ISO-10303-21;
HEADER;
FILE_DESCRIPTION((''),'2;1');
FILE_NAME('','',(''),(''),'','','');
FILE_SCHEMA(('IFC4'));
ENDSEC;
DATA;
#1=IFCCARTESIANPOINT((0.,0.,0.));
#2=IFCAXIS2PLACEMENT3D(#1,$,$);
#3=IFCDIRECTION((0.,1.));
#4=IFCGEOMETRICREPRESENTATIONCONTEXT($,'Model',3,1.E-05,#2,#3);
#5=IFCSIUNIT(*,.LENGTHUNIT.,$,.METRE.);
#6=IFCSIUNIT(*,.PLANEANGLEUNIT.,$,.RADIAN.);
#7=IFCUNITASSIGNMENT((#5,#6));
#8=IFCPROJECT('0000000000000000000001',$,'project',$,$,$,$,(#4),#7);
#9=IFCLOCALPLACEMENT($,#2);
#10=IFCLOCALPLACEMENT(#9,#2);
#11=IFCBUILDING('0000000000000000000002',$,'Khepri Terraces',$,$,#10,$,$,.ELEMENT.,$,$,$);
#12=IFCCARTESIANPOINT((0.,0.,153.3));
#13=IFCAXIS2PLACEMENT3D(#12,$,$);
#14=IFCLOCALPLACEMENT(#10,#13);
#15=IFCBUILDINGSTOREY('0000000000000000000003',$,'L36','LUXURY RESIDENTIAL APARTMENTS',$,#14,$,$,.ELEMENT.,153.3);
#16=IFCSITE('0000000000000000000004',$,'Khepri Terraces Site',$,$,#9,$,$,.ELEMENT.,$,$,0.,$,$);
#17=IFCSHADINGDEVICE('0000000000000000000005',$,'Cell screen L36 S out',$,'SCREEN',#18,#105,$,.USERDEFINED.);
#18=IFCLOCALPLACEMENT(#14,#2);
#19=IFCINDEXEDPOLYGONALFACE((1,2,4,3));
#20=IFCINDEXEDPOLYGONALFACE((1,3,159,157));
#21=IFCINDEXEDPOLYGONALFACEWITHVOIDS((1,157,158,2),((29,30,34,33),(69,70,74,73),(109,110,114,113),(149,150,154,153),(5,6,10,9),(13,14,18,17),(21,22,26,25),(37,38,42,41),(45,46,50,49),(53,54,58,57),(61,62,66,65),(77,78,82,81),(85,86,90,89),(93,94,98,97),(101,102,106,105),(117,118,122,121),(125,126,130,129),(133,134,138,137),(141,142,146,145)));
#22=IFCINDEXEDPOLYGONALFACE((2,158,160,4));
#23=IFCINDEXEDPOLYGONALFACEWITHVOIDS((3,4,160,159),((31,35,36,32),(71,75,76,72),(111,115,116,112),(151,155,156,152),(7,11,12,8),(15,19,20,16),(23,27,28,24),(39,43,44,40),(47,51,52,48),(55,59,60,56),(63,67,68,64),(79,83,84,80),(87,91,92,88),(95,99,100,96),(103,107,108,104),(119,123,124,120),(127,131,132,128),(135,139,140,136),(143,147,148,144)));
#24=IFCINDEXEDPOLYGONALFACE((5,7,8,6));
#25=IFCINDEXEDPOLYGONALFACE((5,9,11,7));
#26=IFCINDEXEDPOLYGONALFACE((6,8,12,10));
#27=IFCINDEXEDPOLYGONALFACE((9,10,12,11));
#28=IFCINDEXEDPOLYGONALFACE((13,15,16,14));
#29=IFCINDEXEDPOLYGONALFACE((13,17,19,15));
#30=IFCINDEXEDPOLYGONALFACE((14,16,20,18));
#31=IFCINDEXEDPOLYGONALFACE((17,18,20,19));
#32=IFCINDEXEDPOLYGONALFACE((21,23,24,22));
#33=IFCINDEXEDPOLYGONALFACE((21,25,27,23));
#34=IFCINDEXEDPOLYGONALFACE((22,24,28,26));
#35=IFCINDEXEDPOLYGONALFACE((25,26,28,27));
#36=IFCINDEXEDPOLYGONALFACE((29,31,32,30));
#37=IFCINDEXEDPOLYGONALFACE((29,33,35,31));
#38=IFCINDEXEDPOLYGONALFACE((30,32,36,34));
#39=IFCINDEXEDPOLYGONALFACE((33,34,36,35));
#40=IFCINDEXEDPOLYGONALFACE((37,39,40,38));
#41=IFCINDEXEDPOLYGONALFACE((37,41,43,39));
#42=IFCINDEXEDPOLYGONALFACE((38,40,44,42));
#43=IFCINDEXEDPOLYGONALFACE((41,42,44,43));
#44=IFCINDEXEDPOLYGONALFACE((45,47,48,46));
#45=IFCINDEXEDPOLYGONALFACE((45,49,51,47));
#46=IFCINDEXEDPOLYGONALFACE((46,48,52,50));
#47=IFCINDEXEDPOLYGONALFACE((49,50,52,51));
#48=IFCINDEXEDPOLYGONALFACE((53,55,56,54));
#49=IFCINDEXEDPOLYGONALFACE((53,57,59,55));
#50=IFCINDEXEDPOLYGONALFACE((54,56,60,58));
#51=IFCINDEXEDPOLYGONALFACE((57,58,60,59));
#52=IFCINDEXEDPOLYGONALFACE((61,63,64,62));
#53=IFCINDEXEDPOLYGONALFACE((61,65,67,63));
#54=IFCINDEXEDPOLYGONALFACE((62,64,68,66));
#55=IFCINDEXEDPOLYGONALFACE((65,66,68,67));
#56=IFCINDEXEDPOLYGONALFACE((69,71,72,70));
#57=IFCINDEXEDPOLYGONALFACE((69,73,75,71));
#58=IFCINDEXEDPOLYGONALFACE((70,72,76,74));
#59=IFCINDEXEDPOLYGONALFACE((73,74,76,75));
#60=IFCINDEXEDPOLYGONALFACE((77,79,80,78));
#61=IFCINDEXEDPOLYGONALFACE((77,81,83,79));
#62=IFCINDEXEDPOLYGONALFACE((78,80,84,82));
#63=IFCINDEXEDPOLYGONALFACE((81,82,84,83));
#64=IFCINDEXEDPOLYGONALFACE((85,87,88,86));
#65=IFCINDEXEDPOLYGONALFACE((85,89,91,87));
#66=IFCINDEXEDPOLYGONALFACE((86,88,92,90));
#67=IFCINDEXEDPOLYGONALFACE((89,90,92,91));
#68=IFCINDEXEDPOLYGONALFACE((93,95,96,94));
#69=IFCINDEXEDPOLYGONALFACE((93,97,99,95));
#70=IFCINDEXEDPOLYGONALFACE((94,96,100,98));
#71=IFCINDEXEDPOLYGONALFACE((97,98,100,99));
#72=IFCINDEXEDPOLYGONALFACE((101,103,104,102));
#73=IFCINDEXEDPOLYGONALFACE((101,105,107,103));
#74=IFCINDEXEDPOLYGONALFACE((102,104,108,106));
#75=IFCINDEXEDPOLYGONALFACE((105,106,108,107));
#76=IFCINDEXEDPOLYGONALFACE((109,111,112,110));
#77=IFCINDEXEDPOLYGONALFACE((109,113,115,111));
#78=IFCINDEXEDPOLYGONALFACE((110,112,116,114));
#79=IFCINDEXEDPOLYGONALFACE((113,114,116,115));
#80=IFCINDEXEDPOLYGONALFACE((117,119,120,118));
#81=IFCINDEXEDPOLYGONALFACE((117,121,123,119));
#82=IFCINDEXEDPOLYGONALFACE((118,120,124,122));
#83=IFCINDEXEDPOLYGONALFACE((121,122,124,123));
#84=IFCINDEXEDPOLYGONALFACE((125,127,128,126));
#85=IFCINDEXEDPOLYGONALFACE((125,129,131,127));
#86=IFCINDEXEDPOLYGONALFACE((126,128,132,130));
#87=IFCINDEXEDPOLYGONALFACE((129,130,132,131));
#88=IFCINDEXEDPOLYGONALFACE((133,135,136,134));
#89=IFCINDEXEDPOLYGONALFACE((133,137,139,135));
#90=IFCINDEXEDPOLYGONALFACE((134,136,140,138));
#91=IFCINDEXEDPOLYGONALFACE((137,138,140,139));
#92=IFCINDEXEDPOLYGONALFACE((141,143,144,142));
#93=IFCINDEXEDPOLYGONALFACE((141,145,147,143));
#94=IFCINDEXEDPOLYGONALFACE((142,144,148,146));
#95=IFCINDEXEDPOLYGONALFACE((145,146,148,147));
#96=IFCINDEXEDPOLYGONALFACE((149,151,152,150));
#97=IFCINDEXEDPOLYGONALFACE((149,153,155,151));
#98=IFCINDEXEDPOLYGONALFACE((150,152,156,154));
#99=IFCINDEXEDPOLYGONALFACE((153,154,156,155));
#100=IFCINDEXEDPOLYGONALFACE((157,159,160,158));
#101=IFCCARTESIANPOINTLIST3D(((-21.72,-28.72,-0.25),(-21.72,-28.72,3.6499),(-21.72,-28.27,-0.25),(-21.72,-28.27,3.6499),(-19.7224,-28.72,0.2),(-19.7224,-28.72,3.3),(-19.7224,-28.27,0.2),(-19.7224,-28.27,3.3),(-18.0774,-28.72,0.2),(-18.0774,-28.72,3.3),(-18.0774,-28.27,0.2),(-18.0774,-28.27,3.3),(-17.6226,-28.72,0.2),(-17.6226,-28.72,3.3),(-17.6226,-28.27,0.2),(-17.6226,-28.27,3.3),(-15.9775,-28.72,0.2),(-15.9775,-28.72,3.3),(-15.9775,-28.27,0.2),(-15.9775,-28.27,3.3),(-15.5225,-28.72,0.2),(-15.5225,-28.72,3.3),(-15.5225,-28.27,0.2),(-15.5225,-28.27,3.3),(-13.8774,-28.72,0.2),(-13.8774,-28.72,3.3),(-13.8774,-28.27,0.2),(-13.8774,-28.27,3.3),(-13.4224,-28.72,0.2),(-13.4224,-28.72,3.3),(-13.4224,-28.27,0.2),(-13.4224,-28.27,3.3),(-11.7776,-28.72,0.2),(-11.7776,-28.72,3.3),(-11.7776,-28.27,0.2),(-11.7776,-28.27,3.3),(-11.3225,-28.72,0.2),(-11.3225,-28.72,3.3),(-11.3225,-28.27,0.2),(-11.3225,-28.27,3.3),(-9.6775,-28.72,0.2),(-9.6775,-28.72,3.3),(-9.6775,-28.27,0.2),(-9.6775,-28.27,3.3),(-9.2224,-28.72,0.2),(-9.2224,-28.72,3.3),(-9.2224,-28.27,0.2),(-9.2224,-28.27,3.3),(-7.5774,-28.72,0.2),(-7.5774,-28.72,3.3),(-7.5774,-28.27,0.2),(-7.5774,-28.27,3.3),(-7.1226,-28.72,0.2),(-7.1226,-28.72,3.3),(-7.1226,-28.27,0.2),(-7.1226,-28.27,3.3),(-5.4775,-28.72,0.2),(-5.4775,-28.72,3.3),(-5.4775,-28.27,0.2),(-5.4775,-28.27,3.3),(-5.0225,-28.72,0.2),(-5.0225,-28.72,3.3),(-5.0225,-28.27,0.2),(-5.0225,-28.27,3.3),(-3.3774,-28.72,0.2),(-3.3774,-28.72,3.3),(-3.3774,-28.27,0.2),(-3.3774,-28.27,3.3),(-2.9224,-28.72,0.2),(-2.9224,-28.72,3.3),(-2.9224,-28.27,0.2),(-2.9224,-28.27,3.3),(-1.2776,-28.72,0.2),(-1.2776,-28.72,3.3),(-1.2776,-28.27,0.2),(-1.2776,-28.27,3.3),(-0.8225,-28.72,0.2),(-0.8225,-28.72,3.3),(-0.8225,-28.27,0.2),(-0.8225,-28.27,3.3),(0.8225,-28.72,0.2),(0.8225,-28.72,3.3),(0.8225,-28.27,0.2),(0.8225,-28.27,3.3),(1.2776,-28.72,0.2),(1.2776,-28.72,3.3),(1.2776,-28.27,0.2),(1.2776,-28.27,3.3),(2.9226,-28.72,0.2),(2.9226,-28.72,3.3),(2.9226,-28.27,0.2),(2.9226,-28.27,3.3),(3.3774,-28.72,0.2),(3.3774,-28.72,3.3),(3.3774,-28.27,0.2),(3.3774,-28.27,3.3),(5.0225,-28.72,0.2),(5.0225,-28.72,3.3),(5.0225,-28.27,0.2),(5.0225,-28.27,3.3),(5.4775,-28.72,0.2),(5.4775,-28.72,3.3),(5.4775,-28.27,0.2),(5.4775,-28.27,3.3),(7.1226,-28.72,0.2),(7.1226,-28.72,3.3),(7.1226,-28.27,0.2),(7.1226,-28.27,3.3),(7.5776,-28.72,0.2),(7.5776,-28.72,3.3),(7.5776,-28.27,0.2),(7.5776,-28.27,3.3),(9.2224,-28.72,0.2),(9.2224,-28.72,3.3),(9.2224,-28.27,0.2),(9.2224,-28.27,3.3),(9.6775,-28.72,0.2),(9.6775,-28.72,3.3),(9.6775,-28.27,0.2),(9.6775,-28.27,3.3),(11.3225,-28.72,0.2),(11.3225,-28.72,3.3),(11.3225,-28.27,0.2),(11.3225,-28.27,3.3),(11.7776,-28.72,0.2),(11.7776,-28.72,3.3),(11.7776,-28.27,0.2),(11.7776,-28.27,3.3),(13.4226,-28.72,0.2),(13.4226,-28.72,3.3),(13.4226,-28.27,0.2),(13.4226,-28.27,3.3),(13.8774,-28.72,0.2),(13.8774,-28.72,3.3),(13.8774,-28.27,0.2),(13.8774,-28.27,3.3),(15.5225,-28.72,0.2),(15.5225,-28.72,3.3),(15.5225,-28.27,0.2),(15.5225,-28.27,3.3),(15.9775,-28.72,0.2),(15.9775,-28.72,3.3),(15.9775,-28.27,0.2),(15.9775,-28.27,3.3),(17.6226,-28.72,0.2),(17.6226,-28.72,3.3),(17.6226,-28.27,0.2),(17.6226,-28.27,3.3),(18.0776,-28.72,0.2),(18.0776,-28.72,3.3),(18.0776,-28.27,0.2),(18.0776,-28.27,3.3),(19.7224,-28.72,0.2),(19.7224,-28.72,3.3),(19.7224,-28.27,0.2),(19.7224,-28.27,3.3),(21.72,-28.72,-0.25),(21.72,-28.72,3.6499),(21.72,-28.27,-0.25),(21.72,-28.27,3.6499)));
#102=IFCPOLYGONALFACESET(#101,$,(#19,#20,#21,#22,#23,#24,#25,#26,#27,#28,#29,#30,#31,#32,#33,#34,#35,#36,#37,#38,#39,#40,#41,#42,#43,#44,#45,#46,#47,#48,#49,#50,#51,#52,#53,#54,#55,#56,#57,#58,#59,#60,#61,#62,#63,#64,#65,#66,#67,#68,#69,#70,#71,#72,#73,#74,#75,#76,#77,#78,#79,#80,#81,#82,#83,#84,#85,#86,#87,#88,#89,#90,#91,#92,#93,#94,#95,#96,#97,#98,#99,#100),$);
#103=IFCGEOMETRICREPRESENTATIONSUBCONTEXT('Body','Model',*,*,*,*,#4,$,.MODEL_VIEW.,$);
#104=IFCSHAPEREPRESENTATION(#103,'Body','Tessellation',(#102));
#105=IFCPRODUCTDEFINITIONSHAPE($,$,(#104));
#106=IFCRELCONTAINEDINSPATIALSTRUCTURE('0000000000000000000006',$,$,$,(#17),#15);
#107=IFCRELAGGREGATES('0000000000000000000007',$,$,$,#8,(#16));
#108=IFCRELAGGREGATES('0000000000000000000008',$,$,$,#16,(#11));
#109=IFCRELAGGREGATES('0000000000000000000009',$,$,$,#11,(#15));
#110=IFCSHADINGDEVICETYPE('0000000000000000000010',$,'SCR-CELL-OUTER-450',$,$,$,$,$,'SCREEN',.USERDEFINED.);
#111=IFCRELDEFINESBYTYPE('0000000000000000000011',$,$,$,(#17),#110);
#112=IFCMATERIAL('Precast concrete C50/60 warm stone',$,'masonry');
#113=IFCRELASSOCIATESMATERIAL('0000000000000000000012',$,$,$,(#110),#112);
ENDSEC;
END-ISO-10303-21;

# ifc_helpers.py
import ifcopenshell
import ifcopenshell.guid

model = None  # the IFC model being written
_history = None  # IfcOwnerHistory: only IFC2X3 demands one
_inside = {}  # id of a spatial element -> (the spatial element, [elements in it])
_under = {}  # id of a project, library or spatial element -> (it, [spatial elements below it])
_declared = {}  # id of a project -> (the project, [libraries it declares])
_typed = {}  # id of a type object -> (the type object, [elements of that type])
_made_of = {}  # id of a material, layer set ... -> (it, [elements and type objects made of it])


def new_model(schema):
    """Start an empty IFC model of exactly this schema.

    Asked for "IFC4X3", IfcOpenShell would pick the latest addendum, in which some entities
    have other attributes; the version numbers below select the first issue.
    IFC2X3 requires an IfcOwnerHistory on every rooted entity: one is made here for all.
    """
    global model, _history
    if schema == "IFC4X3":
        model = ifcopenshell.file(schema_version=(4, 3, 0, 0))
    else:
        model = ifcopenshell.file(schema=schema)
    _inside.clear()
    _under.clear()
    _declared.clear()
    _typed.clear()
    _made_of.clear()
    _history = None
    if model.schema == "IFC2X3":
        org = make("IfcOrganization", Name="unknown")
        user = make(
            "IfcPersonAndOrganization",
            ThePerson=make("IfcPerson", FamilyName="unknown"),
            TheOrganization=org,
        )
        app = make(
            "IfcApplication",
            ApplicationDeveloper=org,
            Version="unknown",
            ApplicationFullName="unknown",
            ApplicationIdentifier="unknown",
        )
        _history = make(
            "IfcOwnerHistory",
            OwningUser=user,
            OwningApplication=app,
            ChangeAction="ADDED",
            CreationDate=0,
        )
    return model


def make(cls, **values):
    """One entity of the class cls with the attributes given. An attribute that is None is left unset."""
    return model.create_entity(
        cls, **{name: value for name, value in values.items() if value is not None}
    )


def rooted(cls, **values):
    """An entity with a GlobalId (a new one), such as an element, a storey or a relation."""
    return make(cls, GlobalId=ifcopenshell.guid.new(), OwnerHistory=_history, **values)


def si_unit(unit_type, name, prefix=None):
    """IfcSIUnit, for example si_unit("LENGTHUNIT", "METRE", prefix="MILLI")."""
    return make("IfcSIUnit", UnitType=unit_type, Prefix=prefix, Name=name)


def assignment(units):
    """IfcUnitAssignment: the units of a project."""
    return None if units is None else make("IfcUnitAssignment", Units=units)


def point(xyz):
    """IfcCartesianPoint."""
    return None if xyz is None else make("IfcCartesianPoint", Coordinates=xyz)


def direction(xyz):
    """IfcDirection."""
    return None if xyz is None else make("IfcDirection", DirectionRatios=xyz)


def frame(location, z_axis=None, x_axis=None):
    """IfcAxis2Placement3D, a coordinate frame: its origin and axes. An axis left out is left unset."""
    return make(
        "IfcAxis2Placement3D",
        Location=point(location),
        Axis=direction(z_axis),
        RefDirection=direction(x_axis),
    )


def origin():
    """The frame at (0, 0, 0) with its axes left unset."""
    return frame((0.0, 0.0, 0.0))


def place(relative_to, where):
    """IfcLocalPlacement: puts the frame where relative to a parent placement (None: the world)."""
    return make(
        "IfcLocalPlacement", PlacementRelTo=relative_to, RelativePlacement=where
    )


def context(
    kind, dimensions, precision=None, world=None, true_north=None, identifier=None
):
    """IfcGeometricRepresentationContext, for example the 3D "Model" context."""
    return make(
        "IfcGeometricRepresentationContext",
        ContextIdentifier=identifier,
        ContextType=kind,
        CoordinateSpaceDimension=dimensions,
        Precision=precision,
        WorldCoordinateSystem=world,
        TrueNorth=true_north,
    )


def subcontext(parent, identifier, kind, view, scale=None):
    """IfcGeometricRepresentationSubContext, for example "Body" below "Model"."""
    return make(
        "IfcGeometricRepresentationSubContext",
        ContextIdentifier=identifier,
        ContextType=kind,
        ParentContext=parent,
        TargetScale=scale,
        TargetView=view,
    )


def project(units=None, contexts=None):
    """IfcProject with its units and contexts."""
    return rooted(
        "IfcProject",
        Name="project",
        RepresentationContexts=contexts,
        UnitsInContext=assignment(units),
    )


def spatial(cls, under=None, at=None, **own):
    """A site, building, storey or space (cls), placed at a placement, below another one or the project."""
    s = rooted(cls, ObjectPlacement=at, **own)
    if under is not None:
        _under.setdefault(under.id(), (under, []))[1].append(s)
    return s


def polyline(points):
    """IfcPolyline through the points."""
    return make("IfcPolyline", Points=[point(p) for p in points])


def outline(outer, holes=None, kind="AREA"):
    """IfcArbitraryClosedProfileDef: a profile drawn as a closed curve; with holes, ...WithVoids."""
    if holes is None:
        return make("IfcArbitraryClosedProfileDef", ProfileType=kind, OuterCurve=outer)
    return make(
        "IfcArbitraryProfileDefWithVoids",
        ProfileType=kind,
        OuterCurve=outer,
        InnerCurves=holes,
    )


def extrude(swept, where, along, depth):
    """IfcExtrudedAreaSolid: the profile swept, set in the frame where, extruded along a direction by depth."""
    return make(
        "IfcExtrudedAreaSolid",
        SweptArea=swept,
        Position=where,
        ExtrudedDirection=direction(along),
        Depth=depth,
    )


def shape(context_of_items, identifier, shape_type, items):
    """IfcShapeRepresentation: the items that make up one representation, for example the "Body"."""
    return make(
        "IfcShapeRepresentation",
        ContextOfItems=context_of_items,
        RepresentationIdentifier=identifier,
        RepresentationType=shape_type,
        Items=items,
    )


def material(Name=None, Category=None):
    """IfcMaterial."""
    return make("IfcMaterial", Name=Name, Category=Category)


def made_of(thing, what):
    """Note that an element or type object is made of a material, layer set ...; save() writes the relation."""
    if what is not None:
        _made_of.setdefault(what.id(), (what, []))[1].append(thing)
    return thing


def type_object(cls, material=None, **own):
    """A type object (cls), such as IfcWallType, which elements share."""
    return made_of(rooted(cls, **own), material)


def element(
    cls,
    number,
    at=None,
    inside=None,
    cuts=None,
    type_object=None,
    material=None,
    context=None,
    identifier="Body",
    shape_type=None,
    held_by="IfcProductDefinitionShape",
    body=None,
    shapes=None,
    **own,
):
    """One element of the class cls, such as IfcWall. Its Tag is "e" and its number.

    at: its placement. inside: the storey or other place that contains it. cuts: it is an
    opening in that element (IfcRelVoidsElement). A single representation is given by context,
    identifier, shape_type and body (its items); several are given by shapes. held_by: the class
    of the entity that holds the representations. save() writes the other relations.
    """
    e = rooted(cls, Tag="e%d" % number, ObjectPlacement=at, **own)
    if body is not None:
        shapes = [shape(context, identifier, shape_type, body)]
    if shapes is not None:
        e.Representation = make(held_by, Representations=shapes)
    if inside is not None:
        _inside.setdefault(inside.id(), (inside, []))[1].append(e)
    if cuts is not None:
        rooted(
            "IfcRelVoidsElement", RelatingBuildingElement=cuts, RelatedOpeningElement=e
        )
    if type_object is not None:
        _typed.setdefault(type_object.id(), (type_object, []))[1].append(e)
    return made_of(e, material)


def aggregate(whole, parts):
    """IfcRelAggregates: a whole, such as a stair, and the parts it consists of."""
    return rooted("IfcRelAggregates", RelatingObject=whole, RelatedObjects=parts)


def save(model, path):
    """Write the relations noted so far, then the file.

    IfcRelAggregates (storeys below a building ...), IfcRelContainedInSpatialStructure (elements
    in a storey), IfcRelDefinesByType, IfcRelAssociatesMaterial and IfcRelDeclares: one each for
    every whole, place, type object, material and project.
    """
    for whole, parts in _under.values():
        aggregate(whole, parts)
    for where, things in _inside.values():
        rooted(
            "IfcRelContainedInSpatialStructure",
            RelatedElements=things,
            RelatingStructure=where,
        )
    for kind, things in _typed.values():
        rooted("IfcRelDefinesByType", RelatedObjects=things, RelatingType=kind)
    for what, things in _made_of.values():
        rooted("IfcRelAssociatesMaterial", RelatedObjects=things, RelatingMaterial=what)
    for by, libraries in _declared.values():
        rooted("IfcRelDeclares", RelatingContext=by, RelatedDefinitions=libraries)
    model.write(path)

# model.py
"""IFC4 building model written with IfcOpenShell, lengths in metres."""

from ifc_helpers import new_model, si_unit, direction, frame, origin, place, context, subcontext, project, spatial, polyline, outline, extrude, material, type_object, element, save


model = new_model("IFC4")

# Units and contexts
model_context = context("Model", 3, precision=1e-05, world=origin(), true_north=direction((0.0, 1.0)))
body_context = subcontext(model_context, "Body", "Model", "MODEL_VIEW")
ifc_project = project(units=[si_unit("LENGTHUNIT", "METRE"), si_unit("PLANEANGLEUNIT", "RADIAN")], contexts=[model_context])

# Site, building, storey
site_placement = place(None, origin())
site = spatial("IfcSite", under=ifc_project, at=site_placement, Name="Khepri Terraces Site", CompositionType="ELEMENT", RefElevation=0.0)
building_placement = place(site_placement, origin())
building = spatial("IfcBuilding", under=site, at=building_placement, Name="Khepri Terraces", CompositionType="ELEMENT")
storey_placement = place(building_placement, frame((0.0, 0.0, 153.3)))
storey = spatial("IfcBuildingStorey", under=building, at=storey_placement, Name="L36", Description="LUXURY RESIDENTIAL APARTMENTS", CompositionType="ELEMENT", Elevation=153.3)

# Shared definitions
ifc_material_1 = material(Name="Precast concrete C50/60 warm stone", Category="masonry")

# Shading device
shading_device_type_1 = type_object("IfcShadingDeviceType", Name="SCR-CELL-OUTER-450", ElementType="SCREEN", PredefinedType="USERDEFINED", material=ifc_material_1)
shading_device_1_placement = place(storey_placement, frame((-21.72, -28.27, -0.25), z_axis=(0.0, -1.0, 0.0), x_axis=(1.0, 0.0, 0.0)))
element("IfcShadingDevice", 1, at=shading_device_1_placement, inside=storey, type_object=shading_device_type_1, Name="Cell screen L36 S out", ObjectType="SCREEN", PredefinedType="USERDEFINED", context=body_context, shape_type="SweptSolid", body=[
    extrude(outline(polyline([(0.0, 0.0), (43.4399, 0.0), (43.4399, 3.8999), (0.0, 3.8999), (0.0, 0.0)]), holes=[polyline([(1.9976, 0.45), (3.6426, 0.45), (3.6426, 3.55), (1.9976, 3.55), (1.9976, 0.45)]), polyline([(4.0974, 0.45), (5.7424, 0.45), (5.7424, 3.55), (4.0974, 3.55), (4.0974, 0.45)]), polyline([(6.1975, 0.45), (7.8425, 0.45), (7.8425, 3.55), (6.1975, 3.55), (6.1975, 0.45)]), polyline([(8.2976, 0.45), (9.9424, 0.45), (9.9424, 3.55), (8.2976, 3.55), (8.2976, 0.45)]), polyline([(10.3975, 0.45), (12.0425, 0.45), (12.0425, 3.55), (10.3975, 3.55), (10.3975, 0.45)]), polyline([(12.4976, 0.45), (14.1426, 0.45), (14.1426, 3.55), (12.4976, 3.55), (12.4976, 0.45)]), polyline([(14.5974, 0.45), (16.2424, 0.45), (16.2424, 3.55), (14.5974, 3.55), (14.5974, 0.45)]), polyline([(16.6975, 0.45), (18.3425, 0.45), (18.3425, 3.55), (16.6975, 3.55), (16.6975, 0.45)]), polyline([(18.7976, 0.45), (20.4424, 0.45), (20.4424, 3.55), (18.7976, 3.55), (18.7976, 0.45)]), polyline([(20.8975, 0.45), (22.5425, 0.45), (22.5425, 3.55), (20.8975, 3.55), (20.8975, 0.45)]), polyline([(22.9976, 0.45), (24.6426, 0.45), (24.6426, 3.55), (22.9976, 3.55), (22.9976, 0.45)]), polyline([(25.0974, 0.45), (26.7424, 0.45), (26.7424, 3.55), (25.0974, 3.55), (25.0974, 0.45)]), polyline([(27.1975, 0.45), (28.8425, 0.45), (28.8425, 3.55), (27.1975, 3.55), (27.1975, 0.45)]), polyline([(29.2976, 0.45), (30.9424, 0.45), (30.9424, 3.55), (29.2976, 3.55), (29.2976, 0.45)]), polyline([(31.3975, 0.45), (33.0425, 0.45), (33.0425, 3.55), (31.3975, 3.55), (31.3975, 0.45)]), polyline([(33.4976, 0.45), (35.1426, 0.45), (35.1426, 3.55), (33.4976, 3.55), (33.4976, 0.45)]), polyline([(35.5974, 0.45), (37.2424, 0.45), (37.2424, 3.55), (35.5974, 3.55), (35.5974, 0.45)]), polyline([(37.6975, 0.45), (39.3425, 0.45), (39.3425, 3.55), (37.6975, 3.55), (37.6975, 0.45)]), polyline([(39.7976, 0.45), (41.4424, 0.45), (41.4424, 3.55), (39.7976, 3.55), (39.7976, 0.45)])]), origin(), (0.0, 0.0, 1.0), 0.45),
])

save(model, "model.ifc")
